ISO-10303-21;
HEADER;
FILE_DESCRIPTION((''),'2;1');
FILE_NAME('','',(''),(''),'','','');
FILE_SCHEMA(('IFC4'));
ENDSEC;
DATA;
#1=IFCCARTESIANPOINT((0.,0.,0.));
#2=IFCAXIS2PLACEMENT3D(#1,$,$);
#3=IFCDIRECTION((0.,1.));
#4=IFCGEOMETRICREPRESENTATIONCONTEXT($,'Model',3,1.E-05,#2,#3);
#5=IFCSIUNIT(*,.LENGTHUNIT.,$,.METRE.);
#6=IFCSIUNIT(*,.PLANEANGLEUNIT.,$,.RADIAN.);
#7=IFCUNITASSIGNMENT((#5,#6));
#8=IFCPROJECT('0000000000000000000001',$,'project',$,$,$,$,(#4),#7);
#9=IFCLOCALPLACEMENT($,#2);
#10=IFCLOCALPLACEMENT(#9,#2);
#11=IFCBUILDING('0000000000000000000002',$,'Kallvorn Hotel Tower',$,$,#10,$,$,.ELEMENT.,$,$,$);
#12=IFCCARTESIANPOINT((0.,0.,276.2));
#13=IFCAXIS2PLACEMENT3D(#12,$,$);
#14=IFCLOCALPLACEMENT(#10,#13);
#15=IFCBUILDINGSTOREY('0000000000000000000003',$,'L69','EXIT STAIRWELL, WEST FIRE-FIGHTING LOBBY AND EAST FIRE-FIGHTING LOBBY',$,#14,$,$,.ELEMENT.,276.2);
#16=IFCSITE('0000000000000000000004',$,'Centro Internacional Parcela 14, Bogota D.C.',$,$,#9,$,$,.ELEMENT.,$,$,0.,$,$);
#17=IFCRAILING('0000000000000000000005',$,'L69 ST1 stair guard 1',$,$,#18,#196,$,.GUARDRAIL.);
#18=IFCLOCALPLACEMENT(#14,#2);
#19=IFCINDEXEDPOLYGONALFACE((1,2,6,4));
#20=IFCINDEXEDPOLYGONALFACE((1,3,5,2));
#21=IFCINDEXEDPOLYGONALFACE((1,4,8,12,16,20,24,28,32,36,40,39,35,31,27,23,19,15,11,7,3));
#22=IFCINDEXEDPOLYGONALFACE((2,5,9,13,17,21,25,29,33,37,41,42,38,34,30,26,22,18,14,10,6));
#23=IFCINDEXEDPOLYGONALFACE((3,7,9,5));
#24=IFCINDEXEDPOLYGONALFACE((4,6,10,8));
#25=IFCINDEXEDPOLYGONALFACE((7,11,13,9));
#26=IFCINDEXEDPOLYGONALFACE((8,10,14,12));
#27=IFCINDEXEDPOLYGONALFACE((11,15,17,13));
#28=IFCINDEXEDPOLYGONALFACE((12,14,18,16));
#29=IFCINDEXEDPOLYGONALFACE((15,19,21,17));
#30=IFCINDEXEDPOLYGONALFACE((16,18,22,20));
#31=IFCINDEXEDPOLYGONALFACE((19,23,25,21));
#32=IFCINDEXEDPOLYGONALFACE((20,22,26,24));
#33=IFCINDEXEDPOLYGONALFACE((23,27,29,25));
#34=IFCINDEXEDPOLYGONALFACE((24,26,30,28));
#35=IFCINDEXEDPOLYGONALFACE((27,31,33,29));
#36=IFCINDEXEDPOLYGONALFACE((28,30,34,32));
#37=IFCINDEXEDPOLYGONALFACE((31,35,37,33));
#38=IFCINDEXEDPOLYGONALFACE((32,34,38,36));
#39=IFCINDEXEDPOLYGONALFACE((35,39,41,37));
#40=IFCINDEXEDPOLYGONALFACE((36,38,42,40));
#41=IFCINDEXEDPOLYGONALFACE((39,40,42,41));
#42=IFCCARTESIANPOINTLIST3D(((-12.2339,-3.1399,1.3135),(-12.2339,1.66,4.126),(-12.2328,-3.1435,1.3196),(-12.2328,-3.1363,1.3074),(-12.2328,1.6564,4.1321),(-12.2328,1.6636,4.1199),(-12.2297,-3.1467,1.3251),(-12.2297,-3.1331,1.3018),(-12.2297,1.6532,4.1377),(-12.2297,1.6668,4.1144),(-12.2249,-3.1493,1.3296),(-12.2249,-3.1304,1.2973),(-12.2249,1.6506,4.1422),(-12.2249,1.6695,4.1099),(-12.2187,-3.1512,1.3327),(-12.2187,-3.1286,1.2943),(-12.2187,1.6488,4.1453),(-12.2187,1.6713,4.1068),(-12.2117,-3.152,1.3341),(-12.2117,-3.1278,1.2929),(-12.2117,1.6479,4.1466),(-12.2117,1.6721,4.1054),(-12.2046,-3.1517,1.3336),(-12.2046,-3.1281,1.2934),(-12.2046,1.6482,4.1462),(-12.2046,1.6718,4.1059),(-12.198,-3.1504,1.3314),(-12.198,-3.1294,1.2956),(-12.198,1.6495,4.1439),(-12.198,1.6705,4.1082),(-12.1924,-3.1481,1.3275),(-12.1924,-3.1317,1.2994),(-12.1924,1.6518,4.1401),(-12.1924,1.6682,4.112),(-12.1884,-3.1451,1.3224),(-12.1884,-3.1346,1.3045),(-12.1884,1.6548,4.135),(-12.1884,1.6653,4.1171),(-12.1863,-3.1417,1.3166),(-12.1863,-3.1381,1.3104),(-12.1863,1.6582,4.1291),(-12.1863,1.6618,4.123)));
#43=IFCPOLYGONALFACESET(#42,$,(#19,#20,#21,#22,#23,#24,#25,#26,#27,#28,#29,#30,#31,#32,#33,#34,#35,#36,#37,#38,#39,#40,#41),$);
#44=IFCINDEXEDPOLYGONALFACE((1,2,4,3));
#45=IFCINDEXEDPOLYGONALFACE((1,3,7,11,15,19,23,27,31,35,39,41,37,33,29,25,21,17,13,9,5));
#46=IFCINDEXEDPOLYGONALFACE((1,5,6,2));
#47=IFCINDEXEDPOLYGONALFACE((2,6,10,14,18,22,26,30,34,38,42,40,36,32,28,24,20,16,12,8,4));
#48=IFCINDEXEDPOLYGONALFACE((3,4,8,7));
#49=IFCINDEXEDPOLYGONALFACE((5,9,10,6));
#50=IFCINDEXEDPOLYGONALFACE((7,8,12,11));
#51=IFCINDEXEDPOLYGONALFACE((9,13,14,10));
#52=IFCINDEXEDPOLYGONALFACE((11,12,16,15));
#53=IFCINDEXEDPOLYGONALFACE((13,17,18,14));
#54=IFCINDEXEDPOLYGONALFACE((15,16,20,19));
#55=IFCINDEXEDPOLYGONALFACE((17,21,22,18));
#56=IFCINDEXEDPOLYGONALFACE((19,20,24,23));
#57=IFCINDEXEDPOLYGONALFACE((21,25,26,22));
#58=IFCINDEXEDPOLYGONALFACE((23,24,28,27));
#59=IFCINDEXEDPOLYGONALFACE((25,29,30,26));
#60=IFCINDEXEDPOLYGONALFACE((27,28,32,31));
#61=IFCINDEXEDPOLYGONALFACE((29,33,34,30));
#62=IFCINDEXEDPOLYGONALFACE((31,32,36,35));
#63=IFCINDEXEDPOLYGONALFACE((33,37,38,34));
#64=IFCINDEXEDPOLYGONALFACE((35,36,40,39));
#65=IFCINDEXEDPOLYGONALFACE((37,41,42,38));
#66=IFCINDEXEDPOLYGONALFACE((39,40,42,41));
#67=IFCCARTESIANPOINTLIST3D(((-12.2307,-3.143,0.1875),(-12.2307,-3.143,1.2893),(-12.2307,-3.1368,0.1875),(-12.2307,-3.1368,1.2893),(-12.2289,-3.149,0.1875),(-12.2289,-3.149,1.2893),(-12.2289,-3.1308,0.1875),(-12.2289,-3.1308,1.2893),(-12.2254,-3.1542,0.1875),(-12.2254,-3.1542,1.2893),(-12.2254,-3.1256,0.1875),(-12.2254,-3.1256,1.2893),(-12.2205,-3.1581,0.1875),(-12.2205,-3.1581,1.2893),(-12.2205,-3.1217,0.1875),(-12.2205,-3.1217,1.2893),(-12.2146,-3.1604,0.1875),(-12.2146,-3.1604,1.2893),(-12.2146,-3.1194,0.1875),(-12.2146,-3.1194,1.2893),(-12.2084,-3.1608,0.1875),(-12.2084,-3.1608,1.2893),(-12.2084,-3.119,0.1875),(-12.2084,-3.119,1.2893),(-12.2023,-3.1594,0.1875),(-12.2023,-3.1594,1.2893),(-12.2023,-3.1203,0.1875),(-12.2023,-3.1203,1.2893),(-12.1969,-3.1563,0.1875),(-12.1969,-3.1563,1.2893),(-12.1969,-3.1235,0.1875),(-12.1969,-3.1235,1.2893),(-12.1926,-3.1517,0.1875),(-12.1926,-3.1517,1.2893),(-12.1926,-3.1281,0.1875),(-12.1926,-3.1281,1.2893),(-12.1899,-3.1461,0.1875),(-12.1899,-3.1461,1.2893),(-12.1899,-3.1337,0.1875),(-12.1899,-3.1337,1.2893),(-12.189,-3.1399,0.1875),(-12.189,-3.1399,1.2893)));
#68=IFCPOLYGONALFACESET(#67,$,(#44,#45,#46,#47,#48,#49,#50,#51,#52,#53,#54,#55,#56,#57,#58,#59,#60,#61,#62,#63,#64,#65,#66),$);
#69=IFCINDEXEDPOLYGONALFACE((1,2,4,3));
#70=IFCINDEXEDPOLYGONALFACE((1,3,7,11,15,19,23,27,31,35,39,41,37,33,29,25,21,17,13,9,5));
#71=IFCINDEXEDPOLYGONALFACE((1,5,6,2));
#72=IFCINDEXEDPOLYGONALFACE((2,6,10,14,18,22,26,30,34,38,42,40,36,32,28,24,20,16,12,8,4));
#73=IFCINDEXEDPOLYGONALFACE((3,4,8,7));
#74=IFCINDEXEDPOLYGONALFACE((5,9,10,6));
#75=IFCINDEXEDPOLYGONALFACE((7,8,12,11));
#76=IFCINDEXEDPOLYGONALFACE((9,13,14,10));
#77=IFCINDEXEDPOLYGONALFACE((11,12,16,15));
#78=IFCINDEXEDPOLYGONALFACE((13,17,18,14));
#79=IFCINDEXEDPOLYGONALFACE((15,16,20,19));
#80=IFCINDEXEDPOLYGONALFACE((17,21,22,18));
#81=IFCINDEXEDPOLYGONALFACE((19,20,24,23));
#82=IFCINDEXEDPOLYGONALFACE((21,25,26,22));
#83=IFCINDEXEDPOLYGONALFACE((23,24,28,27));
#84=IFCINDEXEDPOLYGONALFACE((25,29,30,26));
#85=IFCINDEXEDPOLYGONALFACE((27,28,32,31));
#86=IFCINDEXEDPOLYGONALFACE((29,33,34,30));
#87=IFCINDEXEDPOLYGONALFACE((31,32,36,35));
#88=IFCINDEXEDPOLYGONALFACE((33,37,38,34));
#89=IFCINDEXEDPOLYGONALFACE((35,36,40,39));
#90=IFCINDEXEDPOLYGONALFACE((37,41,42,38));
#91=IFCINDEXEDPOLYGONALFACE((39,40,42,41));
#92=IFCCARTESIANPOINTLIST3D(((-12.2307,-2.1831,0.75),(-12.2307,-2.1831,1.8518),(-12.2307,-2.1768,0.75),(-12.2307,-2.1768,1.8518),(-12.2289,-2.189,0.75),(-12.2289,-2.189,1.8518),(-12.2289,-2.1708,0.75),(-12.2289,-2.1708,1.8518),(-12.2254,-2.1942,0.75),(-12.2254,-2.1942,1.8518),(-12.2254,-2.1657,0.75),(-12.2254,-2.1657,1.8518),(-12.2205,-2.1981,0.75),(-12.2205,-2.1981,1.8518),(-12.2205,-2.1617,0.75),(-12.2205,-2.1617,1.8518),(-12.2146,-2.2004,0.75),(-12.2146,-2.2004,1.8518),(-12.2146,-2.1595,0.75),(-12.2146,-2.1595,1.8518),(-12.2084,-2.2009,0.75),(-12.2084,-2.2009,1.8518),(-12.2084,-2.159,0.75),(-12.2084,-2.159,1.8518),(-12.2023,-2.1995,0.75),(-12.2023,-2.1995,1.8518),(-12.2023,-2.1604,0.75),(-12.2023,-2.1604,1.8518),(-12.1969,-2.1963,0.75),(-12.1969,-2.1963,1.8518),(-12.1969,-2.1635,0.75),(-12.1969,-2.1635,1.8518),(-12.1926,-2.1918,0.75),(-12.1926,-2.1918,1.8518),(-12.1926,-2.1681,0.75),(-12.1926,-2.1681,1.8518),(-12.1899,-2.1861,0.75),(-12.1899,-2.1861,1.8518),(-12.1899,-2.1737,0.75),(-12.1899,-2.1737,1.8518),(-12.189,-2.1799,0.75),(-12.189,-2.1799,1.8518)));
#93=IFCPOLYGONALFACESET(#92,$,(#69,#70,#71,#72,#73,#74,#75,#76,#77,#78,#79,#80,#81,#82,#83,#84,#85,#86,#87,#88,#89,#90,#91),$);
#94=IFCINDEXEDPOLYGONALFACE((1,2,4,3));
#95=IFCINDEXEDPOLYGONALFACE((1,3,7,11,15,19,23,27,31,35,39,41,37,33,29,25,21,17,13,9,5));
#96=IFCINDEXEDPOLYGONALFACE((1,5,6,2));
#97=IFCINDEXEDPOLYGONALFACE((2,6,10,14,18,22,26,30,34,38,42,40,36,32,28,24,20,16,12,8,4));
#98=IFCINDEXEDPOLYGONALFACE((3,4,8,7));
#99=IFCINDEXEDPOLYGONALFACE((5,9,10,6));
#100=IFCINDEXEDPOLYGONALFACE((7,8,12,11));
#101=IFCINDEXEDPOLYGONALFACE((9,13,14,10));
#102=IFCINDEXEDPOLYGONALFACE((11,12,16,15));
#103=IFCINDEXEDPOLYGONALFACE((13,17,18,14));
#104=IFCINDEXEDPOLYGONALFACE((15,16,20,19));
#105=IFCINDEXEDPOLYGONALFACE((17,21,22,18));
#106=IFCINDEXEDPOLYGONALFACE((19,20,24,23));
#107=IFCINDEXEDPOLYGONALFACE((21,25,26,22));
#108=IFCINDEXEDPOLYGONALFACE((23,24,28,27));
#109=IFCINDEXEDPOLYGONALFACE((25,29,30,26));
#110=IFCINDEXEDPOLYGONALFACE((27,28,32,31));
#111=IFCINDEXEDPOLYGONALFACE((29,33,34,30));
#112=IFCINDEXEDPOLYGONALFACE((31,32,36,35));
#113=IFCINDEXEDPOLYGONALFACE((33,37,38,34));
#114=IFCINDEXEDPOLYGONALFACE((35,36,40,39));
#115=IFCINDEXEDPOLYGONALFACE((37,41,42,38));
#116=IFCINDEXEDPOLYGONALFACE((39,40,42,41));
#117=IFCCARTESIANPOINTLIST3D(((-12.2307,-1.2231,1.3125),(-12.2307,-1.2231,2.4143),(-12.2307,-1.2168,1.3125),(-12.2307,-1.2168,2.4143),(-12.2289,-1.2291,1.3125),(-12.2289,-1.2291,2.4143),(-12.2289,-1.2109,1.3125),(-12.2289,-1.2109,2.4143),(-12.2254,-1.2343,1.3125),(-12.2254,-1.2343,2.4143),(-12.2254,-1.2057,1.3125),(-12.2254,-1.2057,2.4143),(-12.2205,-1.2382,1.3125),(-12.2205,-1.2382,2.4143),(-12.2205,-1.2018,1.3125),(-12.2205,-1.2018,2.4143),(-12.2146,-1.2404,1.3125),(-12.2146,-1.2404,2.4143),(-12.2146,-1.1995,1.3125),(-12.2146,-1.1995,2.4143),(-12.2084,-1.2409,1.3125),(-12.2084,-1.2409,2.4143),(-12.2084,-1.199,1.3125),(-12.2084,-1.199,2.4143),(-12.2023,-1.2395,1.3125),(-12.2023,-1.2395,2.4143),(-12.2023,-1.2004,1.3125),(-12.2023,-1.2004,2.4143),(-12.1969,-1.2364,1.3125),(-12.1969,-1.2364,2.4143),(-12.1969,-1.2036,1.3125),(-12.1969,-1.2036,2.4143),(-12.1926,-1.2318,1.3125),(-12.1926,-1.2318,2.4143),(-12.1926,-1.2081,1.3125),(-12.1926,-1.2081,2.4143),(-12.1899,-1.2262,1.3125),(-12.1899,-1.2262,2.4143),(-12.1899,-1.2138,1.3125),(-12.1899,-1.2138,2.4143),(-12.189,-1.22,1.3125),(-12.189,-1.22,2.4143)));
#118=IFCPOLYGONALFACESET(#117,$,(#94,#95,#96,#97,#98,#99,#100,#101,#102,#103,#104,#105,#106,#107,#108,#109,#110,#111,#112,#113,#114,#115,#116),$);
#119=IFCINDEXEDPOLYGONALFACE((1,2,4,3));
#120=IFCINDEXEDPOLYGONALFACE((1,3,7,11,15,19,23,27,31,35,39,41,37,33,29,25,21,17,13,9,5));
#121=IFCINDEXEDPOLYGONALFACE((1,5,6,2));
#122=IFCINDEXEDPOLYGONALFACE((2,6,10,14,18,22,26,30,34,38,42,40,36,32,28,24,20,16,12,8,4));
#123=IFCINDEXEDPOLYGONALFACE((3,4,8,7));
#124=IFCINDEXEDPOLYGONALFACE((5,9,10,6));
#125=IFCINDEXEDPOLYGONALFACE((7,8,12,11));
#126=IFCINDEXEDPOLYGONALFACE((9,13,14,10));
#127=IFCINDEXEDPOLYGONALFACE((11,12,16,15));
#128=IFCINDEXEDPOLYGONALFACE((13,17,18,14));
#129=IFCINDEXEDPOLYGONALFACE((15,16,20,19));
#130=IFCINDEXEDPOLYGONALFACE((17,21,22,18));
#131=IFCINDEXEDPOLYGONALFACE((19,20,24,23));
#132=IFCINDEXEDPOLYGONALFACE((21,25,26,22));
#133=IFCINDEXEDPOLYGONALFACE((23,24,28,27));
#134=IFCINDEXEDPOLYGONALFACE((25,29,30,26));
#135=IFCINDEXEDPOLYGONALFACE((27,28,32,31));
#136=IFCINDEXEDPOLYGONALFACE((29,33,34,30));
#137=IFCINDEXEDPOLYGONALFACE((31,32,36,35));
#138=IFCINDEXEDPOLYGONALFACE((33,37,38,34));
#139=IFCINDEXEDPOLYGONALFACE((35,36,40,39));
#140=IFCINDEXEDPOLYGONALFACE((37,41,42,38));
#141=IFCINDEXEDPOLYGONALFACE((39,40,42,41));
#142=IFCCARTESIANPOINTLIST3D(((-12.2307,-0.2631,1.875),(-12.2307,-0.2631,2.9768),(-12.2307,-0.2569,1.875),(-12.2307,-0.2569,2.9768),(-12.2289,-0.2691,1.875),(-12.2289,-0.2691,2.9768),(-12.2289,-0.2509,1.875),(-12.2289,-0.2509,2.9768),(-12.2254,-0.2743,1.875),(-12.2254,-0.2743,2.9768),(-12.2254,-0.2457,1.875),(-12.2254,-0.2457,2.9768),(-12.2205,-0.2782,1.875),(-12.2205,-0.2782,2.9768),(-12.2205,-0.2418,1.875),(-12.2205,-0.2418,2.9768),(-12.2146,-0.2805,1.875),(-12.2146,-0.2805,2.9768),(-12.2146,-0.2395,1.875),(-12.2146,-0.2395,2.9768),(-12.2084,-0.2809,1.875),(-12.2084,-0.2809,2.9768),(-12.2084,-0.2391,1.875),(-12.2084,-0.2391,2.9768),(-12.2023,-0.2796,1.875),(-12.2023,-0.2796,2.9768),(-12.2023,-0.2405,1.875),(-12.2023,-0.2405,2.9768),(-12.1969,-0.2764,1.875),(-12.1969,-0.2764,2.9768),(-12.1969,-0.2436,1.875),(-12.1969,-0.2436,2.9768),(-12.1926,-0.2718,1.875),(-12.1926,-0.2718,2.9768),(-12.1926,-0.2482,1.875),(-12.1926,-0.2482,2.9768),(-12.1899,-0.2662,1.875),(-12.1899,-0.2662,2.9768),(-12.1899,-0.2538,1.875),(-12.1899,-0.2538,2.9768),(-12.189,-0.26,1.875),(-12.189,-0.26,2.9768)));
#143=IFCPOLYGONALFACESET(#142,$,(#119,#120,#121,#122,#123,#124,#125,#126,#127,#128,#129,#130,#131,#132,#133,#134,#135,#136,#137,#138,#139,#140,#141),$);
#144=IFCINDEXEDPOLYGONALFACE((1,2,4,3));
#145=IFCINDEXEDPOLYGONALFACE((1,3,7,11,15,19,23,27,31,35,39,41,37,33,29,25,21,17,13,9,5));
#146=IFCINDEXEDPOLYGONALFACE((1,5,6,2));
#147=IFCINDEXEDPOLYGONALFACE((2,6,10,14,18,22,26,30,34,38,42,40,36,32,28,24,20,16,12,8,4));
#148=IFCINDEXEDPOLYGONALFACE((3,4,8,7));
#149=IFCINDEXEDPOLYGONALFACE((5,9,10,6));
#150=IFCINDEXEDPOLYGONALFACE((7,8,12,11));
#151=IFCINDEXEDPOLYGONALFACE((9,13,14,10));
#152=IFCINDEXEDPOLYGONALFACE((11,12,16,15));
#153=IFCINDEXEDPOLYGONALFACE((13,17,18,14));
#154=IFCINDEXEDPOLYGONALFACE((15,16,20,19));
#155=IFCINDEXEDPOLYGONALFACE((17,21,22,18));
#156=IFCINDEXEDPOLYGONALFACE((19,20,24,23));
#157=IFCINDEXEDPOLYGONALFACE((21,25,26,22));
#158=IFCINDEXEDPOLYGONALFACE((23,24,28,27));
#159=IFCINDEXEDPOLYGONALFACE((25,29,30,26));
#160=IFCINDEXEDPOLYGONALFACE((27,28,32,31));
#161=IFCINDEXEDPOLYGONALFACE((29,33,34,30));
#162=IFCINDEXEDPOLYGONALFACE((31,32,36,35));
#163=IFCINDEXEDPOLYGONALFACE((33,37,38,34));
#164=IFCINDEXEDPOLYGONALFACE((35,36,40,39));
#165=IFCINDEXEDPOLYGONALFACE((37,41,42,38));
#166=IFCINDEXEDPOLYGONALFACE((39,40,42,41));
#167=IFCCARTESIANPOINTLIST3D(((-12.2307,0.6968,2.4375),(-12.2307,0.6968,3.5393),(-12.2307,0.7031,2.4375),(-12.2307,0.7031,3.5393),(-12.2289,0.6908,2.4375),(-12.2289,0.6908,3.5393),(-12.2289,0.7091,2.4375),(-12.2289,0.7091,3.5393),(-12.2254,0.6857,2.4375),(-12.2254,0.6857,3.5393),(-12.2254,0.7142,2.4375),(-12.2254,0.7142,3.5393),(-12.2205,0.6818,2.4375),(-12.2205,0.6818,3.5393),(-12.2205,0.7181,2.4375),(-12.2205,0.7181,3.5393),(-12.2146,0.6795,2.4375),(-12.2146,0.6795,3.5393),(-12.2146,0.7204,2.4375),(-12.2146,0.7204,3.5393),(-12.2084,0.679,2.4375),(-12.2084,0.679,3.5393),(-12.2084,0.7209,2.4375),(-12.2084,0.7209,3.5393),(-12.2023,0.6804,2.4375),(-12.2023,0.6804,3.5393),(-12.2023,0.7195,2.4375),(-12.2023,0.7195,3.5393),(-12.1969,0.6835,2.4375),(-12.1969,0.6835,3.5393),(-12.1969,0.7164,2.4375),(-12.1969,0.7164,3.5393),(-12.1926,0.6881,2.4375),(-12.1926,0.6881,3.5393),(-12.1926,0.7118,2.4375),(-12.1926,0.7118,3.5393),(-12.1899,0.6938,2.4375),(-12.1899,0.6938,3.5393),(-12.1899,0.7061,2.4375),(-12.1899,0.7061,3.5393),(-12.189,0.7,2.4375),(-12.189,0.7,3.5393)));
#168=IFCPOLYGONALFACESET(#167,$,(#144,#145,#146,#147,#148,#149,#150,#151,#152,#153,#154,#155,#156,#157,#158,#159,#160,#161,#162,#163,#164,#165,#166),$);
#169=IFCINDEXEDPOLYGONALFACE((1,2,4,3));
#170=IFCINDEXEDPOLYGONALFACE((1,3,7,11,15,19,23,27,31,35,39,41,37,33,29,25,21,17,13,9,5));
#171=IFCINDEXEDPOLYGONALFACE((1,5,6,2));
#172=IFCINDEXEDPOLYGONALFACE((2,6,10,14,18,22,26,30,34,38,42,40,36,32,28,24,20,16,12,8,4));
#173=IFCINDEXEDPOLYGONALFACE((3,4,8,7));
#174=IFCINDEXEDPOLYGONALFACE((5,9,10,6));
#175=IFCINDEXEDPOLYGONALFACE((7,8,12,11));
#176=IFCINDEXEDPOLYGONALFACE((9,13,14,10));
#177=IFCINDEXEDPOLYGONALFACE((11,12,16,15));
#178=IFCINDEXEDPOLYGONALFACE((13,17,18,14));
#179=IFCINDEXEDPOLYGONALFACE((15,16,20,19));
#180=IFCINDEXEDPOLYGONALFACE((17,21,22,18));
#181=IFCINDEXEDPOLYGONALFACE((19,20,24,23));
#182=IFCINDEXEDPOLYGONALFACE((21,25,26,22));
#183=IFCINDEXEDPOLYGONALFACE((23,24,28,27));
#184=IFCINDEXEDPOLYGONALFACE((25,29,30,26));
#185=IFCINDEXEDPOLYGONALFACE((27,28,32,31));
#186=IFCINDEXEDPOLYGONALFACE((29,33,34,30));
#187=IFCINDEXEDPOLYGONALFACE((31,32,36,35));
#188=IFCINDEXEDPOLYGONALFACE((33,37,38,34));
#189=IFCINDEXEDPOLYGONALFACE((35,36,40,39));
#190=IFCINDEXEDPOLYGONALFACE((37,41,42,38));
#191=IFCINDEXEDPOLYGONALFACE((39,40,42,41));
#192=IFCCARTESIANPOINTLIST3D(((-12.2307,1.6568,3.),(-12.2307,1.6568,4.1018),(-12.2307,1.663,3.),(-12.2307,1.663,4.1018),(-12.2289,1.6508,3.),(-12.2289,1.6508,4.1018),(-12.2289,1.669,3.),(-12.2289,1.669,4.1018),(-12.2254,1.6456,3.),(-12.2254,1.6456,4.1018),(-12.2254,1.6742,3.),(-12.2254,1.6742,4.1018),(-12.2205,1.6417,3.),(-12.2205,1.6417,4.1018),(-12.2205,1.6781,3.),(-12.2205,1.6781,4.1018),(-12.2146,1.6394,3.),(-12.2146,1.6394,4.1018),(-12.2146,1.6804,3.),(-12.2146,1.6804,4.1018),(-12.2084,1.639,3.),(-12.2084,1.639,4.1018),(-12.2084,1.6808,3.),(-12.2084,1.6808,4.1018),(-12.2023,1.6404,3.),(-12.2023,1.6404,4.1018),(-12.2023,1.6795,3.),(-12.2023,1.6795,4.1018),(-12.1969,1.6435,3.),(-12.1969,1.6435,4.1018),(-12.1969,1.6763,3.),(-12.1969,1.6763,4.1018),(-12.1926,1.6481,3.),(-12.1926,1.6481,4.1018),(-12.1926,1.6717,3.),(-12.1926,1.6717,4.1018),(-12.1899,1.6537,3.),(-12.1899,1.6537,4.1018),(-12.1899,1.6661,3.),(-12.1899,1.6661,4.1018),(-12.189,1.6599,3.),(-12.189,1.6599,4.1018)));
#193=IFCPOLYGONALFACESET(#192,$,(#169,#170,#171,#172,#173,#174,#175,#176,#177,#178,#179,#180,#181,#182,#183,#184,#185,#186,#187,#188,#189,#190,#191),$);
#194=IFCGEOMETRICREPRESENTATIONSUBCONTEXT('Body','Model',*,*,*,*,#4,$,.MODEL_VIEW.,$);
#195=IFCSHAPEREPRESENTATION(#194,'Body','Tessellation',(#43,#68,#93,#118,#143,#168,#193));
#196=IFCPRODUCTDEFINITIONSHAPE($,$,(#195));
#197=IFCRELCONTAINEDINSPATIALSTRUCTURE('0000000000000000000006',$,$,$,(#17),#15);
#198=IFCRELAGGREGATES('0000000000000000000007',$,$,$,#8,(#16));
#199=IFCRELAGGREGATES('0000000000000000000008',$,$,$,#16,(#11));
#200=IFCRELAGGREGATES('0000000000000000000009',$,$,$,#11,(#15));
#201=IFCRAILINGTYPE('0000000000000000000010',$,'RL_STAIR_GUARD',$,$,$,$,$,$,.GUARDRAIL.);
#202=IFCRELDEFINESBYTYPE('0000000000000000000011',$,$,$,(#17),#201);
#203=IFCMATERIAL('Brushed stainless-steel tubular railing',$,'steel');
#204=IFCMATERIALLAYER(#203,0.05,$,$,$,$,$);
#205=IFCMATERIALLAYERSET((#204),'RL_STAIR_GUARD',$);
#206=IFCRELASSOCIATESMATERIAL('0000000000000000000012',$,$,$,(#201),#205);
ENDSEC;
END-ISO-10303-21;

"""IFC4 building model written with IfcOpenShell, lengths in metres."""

from ifc_helpers import new_model, si_unit, direction, frame, origin, origin_2d, place, context, subcontext, project, spatial, circle, extrude, material, layer, layer_set, type_object, element, save


model = new_model("IFC4")

# Units and contexts
model_context = context("Model", 3, precision=1e-05, world=origin(), true_north=direction((0.0, 1.0)))
body_context = subcontext(model_context, "Body", "Model", "MODEL_VIEW")
ifc_project = project(units=[si_unit("LENGTHUNIT", "METRE"), si_unit("PLANEANGLEUNIT", "RADIAN")], contexts=[model_context])

# Site, building, storey
site_placement = place(None, origin())
site = spatial("IfcSite", under=ifc_project, at=site_placement, Name="Centro Internacional Parcela 14, Bogota D.C.", CompositionType="ELEMENT", RefElevation=0.0)
building_placement = place(site_placement, origin())
building = spatial("IfcBuilding", under=site, at=building_placement, Name="Kallvorn Hotel Tower", CompositionType="ELEMENT")
storey_placement = place(building_placement, frame((0.0, 0.0, 276.2)))
storey = spatial("IfcBuildingStorey", under=building, at=storey_placement, Name="L69", Description="EXIT STAIRWELL, WEST FIRE-FIGHTING LOBBY AND EAST FIRE-FIGHTING LOBBY", CompositionType="ELEMENT", Elevation=276.2)

# Railing
ifc_material_1 = material(Name="Brushed stainless-steel tubular railing", Category="steel")
ifc_layer_1 = layer(ifc_material_1, 0.05)
ifc_layer_set_1 = layer_set([ifc_layer_1], Name="RL_STAIR_GUARD")
railing_type_1 = type_object("IfcRailingType", Name="RL_STAIR_GUARD", PredefinedType="GUARDRAIL", material=ifc_layer_set_1)
railing_1_placement = place(storey_placement, frame((-12.21, -3.1399, 0.1875)))
element("IfcRailing", 1, at=railing_1_placement, inside=storey, type_object=railing_type_1, Name="L69 ST1 stair guard 1", PredefinedType="GUARDRAIL", context=body_context, shape_type="SweptSolid", body=[
    extrude(circle(Radius=0.0239, at=origin_2d()), frame((0.0, 0.0, 1.126), z_axis=(0.0, 0.86279, 0.505562), x_axis=(-1.0, 0.0, 0.0)), (0.0, 0.0, 1.0), 5.5632),
    extrude(circle(Radius=0.021, at=origin_2d()), origin(), (0.0, 0.0, 1.0), 1.1018),
    extrude(circle(Radius=0.021, at=origin_2d()), frame((0.0, 0.96, 0.5625)), (0.0, 0.0, 1.0), 1.1018),
    extrude(circle(Radius=0.021, at=origin_2d()), frame((0.0, 1.9199, 1.125)), (0.0, 0.0, 1.0), 1.1018),
    extrude(circle(Radius=0.021, at=origin_2d()), frame((0.0, 2.8799, 1.6875)), (0.0, 0.0, 1.0), 1.1018),
    extrude(circle(Radius=0.021, at=origin_2d()), frame((0.0, 3.8398, 2.25)), (0.0, 0.0, 1.0), 1.1018),
    extrude(circle(Radius=0.021, at=origin_2d()), frame((0.0, 4.7998, 2.8125)), (0.0, 0.0, 1.0), 1.1018),
])

save(model, "model.ifc")
